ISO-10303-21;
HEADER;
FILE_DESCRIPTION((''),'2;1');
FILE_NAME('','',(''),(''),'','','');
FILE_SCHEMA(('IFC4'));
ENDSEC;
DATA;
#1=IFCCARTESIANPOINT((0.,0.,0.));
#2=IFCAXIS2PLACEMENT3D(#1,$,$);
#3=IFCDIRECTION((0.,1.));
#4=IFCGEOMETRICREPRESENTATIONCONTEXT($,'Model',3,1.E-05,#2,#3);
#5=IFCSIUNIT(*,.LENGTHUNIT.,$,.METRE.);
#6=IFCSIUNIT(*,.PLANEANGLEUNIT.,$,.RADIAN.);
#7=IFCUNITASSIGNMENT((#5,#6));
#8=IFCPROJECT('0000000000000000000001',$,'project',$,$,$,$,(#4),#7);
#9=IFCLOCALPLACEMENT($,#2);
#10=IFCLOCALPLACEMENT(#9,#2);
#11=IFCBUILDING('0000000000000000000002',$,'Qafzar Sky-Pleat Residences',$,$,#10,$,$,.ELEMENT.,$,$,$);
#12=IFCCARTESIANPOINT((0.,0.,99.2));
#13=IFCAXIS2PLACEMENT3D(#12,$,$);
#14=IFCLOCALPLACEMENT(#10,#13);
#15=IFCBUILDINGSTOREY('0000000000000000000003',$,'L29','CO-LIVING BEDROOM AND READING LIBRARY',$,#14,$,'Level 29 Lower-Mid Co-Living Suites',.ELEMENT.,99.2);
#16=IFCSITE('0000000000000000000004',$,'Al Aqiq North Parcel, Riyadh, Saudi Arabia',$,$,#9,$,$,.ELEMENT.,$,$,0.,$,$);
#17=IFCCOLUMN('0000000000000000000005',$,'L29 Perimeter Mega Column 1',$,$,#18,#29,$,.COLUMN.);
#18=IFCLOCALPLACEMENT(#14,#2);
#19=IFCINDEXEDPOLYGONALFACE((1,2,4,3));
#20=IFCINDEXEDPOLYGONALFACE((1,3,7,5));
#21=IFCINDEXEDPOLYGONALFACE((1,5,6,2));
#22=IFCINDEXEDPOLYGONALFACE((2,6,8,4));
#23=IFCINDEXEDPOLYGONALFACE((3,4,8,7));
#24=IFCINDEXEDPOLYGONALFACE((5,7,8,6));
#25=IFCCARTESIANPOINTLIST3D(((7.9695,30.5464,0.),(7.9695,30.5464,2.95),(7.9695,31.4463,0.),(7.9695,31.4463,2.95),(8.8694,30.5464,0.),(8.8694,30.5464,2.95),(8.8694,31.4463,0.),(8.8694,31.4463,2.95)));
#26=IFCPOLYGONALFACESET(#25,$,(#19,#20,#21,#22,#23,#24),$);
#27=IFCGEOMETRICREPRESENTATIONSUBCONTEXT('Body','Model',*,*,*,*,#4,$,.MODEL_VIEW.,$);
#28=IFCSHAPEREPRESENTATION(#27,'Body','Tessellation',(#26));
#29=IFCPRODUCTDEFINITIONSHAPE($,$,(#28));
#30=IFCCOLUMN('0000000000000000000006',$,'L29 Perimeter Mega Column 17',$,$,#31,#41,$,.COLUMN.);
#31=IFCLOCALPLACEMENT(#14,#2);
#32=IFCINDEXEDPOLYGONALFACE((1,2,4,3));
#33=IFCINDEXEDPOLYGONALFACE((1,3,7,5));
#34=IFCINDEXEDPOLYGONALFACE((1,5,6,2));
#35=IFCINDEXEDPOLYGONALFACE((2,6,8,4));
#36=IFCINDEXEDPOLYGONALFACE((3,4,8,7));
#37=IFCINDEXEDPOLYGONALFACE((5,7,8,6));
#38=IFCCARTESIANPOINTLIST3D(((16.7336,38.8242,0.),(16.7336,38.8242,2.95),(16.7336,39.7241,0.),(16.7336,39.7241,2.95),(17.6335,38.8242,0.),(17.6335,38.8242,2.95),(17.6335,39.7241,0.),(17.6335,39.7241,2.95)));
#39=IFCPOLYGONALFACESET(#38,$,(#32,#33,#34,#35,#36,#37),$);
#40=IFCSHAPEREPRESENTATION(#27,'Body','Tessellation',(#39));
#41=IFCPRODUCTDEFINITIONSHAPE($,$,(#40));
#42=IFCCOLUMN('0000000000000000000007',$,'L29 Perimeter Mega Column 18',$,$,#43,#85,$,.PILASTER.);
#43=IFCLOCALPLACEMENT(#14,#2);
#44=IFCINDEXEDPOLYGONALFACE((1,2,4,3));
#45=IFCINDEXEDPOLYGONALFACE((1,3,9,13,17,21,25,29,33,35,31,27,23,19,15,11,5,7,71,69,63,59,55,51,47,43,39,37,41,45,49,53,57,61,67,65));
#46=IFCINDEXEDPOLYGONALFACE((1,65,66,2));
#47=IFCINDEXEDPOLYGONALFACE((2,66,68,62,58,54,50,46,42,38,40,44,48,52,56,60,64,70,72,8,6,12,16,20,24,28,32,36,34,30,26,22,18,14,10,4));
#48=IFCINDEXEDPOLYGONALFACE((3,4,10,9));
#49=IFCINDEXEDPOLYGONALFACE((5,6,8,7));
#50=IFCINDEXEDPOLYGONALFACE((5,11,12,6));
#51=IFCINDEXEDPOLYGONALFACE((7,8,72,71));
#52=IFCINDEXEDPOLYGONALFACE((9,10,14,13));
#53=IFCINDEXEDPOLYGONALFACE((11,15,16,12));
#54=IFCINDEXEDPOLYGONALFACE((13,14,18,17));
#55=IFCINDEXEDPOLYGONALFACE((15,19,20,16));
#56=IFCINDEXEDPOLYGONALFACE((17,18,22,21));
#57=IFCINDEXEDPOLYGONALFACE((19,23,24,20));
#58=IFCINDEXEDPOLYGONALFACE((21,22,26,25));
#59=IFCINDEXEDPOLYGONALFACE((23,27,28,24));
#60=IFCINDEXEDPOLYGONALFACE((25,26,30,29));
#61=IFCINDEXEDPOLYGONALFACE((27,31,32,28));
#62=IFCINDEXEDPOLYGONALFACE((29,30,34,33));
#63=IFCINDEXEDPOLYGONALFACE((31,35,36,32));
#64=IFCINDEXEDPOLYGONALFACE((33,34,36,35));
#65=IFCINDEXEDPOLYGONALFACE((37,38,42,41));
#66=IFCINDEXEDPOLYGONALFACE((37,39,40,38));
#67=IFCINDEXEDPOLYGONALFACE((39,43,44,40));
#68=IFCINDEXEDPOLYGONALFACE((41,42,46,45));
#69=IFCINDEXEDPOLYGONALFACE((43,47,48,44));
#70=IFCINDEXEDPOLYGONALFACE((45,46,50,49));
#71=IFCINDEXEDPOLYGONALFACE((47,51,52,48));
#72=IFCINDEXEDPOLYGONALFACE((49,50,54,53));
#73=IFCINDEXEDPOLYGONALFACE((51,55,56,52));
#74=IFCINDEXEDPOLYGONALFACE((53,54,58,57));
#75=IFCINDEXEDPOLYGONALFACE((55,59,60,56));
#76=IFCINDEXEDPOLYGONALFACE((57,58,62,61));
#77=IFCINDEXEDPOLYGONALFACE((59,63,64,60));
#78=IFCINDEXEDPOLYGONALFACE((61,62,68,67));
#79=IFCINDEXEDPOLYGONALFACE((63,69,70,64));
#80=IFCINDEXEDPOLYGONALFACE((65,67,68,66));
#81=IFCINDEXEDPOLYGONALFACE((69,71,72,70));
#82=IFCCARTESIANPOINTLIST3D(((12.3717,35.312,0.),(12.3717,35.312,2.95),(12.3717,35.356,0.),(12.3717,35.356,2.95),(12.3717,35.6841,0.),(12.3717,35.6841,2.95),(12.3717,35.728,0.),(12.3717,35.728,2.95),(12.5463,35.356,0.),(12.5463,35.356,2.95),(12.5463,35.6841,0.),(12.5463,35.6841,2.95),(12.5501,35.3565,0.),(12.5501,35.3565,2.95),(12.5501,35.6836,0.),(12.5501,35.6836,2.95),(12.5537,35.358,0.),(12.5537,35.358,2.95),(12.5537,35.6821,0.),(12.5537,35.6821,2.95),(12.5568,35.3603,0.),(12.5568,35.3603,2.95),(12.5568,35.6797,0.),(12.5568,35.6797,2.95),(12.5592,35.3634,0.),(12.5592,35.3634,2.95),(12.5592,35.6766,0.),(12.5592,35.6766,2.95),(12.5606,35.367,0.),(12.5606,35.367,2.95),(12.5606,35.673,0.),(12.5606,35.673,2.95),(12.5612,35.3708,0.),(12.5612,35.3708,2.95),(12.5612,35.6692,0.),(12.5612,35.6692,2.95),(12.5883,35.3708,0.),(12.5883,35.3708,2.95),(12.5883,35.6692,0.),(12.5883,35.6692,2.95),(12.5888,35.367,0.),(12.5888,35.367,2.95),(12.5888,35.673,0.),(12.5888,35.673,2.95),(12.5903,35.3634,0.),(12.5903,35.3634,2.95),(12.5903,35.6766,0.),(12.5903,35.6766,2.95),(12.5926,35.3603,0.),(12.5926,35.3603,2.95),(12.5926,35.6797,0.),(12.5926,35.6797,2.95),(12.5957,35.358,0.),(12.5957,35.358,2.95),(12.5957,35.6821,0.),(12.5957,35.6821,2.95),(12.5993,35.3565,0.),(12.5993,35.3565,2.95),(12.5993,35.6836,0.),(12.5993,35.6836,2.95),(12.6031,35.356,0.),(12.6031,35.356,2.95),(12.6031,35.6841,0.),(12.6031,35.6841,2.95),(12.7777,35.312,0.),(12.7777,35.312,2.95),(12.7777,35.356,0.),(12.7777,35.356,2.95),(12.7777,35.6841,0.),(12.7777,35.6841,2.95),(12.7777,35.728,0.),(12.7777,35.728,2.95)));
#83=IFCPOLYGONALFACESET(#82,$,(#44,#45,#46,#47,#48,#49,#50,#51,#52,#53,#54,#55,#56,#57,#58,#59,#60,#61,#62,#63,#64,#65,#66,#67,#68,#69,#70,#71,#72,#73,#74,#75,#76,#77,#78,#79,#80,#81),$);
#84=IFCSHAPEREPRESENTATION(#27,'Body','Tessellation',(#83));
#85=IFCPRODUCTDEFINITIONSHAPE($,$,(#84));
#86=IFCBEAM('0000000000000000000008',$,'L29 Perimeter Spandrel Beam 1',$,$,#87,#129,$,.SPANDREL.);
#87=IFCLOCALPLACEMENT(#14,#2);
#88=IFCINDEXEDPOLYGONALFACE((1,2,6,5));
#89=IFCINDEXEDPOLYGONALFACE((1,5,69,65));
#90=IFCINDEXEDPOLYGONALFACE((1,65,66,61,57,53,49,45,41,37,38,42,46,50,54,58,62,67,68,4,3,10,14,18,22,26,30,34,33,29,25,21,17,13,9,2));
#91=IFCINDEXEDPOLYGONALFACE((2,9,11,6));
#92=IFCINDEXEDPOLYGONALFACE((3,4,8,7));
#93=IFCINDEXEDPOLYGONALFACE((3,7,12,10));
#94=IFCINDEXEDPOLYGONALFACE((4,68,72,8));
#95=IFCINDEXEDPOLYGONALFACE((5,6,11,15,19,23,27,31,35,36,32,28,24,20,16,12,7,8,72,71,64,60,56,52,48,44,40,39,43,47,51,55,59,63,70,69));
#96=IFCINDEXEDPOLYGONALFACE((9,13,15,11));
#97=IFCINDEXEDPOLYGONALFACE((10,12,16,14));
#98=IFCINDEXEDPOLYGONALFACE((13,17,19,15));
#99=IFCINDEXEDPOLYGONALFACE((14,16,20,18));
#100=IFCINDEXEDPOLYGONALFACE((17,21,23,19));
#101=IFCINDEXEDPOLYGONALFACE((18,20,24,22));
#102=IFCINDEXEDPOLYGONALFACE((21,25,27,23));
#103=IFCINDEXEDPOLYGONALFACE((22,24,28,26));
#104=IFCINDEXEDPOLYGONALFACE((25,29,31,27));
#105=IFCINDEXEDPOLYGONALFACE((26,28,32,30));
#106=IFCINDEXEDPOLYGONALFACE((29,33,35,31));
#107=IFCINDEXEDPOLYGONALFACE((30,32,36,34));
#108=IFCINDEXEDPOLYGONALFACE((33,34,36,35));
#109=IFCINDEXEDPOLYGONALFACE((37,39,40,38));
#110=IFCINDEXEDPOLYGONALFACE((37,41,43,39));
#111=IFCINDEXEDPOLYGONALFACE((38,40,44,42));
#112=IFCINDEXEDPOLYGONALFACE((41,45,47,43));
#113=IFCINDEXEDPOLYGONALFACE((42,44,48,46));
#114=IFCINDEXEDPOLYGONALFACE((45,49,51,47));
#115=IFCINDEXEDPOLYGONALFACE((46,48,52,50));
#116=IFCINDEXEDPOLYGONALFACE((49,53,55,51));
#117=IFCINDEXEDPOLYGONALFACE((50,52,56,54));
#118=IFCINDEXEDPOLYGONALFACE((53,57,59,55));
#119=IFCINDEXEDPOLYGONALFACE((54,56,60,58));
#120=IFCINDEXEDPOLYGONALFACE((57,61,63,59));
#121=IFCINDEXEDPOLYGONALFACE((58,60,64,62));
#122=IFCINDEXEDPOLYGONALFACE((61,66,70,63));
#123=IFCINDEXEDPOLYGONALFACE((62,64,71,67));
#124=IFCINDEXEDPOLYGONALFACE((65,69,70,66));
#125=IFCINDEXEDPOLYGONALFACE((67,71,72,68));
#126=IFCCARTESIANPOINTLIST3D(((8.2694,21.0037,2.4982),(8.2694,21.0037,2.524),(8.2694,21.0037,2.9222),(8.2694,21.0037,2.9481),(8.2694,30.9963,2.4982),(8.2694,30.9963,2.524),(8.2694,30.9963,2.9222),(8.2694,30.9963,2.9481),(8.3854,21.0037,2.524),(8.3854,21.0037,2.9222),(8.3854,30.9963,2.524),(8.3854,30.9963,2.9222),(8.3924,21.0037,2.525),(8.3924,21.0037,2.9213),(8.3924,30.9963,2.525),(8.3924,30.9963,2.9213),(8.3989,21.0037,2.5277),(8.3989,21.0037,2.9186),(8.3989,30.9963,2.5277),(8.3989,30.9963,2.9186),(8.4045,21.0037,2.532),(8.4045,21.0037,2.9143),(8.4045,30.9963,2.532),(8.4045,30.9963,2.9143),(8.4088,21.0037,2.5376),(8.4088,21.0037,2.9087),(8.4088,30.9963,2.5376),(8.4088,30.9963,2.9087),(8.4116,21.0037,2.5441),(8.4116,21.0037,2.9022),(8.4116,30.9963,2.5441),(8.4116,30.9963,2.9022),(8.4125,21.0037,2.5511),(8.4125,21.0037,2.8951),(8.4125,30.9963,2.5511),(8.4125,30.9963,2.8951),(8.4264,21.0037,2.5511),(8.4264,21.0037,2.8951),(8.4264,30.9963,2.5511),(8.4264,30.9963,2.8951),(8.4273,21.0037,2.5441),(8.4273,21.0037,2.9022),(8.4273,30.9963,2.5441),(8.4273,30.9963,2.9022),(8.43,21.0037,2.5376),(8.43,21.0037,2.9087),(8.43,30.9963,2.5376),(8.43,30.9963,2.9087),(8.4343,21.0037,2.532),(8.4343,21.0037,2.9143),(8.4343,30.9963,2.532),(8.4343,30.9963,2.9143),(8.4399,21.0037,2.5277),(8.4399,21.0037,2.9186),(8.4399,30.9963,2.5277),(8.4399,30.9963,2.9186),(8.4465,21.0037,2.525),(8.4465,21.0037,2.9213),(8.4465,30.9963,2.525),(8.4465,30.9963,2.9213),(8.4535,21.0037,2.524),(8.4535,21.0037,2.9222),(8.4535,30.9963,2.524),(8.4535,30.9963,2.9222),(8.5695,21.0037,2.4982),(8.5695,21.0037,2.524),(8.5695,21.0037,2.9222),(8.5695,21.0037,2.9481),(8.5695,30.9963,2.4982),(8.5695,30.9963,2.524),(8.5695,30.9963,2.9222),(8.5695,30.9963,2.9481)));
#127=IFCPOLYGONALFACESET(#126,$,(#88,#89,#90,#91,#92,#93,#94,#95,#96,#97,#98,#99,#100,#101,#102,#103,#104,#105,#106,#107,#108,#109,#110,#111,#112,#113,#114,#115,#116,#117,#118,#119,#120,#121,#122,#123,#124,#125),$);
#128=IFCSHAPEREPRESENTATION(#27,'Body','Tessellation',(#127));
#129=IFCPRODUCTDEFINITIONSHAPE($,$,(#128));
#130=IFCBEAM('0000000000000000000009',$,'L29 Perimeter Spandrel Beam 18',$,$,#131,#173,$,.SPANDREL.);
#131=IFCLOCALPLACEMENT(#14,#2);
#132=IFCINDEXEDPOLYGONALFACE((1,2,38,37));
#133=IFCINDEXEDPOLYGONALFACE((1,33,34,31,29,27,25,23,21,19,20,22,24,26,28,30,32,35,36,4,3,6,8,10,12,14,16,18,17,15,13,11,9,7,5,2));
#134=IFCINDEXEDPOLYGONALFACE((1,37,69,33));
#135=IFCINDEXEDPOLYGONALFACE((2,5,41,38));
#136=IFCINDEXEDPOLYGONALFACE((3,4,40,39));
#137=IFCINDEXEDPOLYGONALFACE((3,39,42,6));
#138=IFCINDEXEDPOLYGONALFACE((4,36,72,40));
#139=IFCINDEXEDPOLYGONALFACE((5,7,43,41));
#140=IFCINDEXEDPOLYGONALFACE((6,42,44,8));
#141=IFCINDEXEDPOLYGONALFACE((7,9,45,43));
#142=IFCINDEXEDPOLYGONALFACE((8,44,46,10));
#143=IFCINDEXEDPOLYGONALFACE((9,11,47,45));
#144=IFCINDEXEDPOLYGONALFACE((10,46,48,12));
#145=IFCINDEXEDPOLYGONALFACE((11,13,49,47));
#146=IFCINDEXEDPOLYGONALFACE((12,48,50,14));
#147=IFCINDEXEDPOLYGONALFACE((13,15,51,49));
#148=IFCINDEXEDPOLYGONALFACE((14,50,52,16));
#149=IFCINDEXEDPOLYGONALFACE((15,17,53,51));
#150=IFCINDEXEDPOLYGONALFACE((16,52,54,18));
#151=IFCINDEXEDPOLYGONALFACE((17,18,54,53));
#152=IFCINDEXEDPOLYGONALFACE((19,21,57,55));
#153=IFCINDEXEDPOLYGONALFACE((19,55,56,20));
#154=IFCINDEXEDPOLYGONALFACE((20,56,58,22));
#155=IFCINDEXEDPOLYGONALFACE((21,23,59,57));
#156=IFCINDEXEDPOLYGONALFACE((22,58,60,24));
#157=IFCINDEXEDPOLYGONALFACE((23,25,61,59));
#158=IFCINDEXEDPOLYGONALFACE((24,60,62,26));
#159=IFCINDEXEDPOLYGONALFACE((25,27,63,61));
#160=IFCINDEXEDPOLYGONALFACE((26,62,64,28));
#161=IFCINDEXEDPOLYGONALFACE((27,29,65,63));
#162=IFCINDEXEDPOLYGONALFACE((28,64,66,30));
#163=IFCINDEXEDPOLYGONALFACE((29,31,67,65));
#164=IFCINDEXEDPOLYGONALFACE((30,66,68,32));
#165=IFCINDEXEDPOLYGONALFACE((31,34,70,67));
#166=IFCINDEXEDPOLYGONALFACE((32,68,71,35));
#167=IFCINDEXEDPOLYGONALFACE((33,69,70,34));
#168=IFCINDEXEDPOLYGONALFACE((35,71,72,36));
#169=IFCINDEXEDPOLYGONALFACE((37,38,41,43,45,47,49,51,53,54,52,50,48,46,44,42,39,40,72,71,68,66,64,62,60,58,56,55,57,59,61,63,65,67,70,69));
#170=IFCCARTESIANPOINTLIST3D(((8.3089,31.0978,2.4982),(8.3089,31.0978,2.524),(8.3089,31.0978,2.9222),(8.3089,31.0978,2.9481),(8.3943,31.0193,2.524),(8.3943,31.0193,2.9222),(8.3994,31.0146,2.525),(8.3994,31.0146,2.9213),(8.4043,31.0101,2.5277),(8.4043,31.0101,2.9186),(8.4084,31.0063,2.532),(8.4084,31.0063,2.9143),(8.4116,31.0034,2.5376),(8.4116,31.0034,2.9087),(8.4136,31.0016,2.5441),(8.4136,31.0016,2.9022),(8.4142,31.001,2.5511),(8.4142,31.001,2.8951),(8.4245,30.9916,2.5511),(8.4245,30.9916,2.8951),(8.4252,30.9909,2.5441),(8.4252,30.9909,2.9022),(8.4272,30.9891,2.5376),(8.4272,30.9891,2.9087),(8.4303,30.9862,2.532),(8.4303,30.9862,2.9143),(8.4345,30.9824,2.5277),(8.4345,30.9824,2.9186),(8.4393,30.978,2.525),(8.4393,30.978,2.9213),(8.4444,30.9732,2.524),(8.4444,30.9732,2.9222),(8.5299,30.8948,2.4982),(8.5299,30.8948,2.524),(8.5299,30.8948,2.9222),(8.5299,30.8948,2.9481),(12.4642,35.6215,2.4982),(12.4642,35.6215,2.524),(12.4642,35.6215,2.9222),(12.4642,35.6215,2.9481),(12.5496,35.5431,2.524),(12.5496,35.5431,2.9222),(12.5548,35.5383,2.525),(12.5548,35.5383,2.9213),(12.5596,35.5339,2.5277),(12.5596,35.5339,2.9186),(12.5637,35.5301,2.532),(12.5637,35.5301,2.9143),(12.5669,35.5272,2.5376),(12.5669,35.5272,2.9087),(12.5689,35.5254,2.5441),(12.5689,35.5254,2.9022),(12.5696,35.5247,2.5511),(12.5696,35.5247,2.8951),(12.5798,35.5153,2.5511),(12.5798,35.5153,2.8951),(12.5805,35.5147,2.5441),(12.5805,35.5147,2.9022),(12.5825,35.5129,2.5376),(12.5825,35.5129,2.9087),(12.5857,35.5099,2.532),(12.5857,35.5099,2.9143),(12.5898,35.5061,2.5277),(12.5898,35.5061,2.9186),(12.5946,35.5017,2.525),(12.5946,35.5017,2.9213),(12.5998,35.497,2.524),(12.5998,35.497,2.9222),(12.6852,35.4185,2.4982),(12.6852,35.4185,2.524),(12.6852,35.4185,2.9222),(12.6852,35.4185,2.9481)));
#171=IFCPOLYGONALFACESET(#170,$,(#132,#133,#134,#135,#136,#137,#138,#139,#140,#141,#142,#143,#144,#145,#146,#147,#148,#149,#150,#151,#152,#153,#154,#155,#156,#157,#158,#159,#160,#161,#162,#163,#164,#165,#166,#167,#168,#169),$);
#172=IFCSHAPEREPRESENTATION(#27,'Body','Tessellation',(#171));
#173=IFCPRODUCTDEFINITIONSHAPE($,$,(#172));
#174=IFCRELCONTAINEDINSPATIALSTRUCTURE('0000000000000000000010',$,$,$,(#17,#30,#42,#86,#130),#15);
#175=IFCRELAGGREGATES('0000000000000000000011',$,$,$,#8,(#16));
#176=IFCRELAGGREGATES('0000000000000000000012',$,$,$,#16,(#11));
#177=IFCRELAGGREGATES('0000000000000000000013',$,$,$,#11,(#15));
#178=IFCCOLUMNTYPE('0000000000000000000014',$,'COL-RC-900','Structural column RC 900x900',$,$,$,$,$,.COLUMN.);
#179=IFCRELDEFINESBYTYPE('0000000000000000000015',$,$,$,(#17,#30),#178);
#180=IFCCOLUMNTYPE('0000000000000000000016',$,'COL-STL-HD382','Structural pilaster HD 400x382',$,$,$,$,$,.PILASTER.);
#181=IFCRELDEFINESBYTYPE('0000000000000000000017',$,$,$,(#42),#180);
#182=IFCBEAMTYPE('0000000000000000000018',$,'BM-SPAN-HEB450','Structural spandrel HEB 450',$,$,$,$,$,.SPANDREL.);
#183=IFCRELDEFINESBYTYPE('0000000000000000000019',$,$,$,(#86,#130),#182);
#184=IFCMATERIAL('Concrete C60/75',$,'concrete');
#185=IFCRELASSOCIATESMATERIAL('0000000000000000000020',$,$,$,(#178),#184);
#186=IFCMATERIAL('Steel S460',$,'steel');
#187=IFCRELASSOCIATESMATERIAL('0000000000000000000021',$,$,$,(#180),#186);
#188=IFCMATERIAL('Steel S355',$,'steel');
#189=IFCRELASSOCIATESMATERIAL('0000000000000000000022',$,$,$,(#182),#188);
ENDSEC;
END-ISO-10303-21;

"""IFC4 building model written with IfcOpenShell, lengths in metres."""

from ifc_helpers import new_model, si_unit, direction, frame, origin, origin_2d, place, context, subcontext, project, spatial, rectangle, i_section, extrude, source, transform, mapped, material, material_profile, profile_set, type_object, element, save


model = new_model("IFC4")

# Units and contexts
model_context = context("Model", 3, precision=1e-05, world=origin(), true_north=direction((0.0, 1.0)))
body_context = subcontext(model_context, "Body", "Model", "MODEL_VIEW")
ifc_project = project(units=[si_unit("LENGTHUNIT", "METRE"), si_unit("PLANEANGLEUNIT", "RADIAN")], contexts=[model_context])

# Site, building, storey
site_placement = place(None, origin())
site = spatial("IfcSite", under=ifc_project, at=site_placement, Name="Al Aqiq North Parcel, Riyadh, Saudi Arabia", CompositionType="ELEMENT", RefElevation=0.0)
building_placement = place(site_placement, origin())
building = spatial("IfcBuilding", under=site, at=building_placement, Name="Qafzar Sky-Pleat Residences", CompositionType="ELEMENT")
storey_placement = place(building_placement, frame((0.0, 0.0, 99.2)))
storey = spatial("IfcBuildingStorey", under=building, at=storey_placement, Name="L29", Description="CO-LIVING BEDROOM AND READING LIBRARY", LongName="Level 29 Lower-Mid Co-Living Suites", CompositionType="ELEMENT", Elevation=99.2)

# Columns
ifc_material_1 = material(Name="Concrete C60/75", Category="concrete")
ifc_material_profile_1 = material_profile(ifc_material_1, rectangle(XDim=0.8999, YDim=0.8999, at=origin_2d()), Name="RC 900x900")
ifc_profile_set_1 = profile_set([ifc_material_profile_1], Name="Concrete C60/75")
column_type_1 = type_object("IfcColumnType", Name="COL-RC-900", Description="Structural column RC 900x900", PredefinedType="COLUMN", material=ifc_profile_set_1)
shared_shape_1 = source(origin(), body_context, "Body", "SweptSolid", [
    extrude(rectangle(XDim=0.8999, YDim=0.8999, at=origin_2d()), origin(), (0.0, 0.0, 1.0), 2.95),
])
for number, where, z_axis, x_axis, name in (
    (1, (8.4194, 30.9963, 0.0), (0.0, 0.0, 1.0), (1.0, 0.0, 0.0), "L29 Perimeter Mega Column 1"),
    (2, (17.1836, 39.2742, 0.0), (0.0, 0.0, 1.0), (1.0, 0.0, 0.0), "L29 Perimeter Mega Column 17"),
):
    element("IfcColumn", number, at=place(storey_placement, frame(where, z_axis=z_axis, x_axis=x_axis)), inside=storey, type_object=column_type_1, Name=name, PredefinedType="COLUMN", context=body_context, shape_type="MappedRepresentation", body=[
        mapped(shared_shape_1, transform((0.0, 0.0, 0.0), x_axis=(1.0, 0.0, 0.0), y_axis=(0.0, 1.0, 0.0), z_axis=(0.0, 0.0, 1.0), scale=1.0)),
    ])
ifc_material_2 = material(Name="Steel S460", Category="steel")
ifc_material_profile_2 = material_profile(ifc_material_2, i_section(OverallWidth=0.406, OverallDepth=0.416, WebThickness=0.0271, FlangeThickness=0.0439, FilletRadius=0.0149, at=origin_2d()), Name="HD 400x382")
ifc_profile_set_2 = profile_set([ifc_material_profile_2], Name="Steel S460")
column_type_2 = type_object("IfcColumnType", Name="COL-STL-HD382", Description="Structural pilaster HD 400x382", PredefinedType="PILASTER", material=ifc_profile_set_2)
shared_shape_2 = source(origin(), body_context, "Body", "SweptSolid", [
    extrude(i_section(OverallWidth=0.406, OverallDepth=0.416, WebThickness=0.0271, FlangeThickness=0.0439, FilletRadius=0.0149, at=origin_2d()), origin(), (0.0, 0.0, 1.0), 2.95),
])
column_placement = place(storey_placement, frame((12.5747, 35.52, 0.0), z_axis=(0.0, 0.0, 1.0), x_axis=(1.0, 0.0, 0.0)))
element("IfcColumn", 3, at=column_placement, inside=storey, type_object=column_type_2, Name="L29 Perimeter Mega Column 18", PredefinedType="PILASTER", context=body_context, shape_type="MappedRepresentation", body=[
    mapped(shared_shape_2, transform((0.0, 0.0, 0.0), x_axis=(1.0, 0.0, 0.0), y_axis=(0.0, 1.0, 0.0), z_axis=(0.0, 0.0, 1.0), scale=1.0)),
])

# Beams
ifc_material_3 = material(Name="Steel S355", Category="steel")
ifc_material_profile_3 = material_profile(ifc_material_3, i_section(OverallWidth=0.3, OverallDepth=0.45, WebThickness=0.0139, FlangeThickness=0.0259, FilletRadius=0.0271, at=origin_2d()), Name="HEB 450")
ifc_profile_set_3 = profile_set([ifc_material_profile_3], Name="Steel S355")
beam_type_1 = type_object("IfcBeamType", Name="BM-SPAN-HEB450", Description="Structural spandrel HEB 450", PredefinedType="SPANDREL", material=ifc_profile_set_3)
shared_shape_3 = source(origin(), body_context, "Body", "SweptSolid", [
    extrude(i_section(OverallWidth=0.3, OverallDepth=0.45, WebThickness=0.0139, FlangeThickness=0.0259, FilletRadius=0.0271, at=origin_2d()), origin(), (0.0, 0.0, 1.0), 9.9927),
])
beam_1_placement = place(storey_placement, frame((8.4194, 30.9963, 2.7231), z_axis=(0.0, -1.0, 0.0), x_axis=(1.0, 0.0, 0.0)))
element("IfcBeam", 4, at=beam_1_placement, inside=storey, type_object=beam_type_1, Name="L29 Perimeter Spandrel Beam 1", PredefinedType="SPANDREL", context=body_context, shape_type="MappedRepresentation", body=[
    mapped(shared_shape_3, transform((0.0, 0.0, 0.0), x_axis=(1.0, 0.0, 0.0), y_axis=(0.0, 1.0, 0.0), z_axis=(0.0, 0.0, 1.0), scale=1.0)),
])
shared_shape_4 = source(origin(), body_context, "Body", "SweptSolid", [
    extrude(i_section(OverallWidth=0.3, OverallDepth=0.45, WebThickness=0.0139, FlangeThickness=0.0259, FilletRadius=0.0271, at=origin_2d()), origin(), (0.0, 0.0, 1.0), 6.1426),
])
beam_2_placement = place(storey_placement, frame((12.5747, 35.52, 2.7231), z_axis=(-0.676482, -0.736459, 0.0), x_axis=(0.736459, -0.676482, 0.0)))
element("IfcBeam", 5, at=beam_2_placement, inside=storey, type_object=beam_type_1, Name="L29 Perimeter Spandrel Beam 18", PredefinedType="SPANDREL", context=body_context, shape_type="MappedRepresentation", body=[
    mapped(shared_shape_4, transform((0.0, 0.0, 0.0), x_axis=(1.0, 0.0, 0.0), y_axis=(0.0, 1.0, 0.0), z_axis=(0.0, 0.0, 1.0), scale=1.0)),
])

save(model, "model.ifc")
